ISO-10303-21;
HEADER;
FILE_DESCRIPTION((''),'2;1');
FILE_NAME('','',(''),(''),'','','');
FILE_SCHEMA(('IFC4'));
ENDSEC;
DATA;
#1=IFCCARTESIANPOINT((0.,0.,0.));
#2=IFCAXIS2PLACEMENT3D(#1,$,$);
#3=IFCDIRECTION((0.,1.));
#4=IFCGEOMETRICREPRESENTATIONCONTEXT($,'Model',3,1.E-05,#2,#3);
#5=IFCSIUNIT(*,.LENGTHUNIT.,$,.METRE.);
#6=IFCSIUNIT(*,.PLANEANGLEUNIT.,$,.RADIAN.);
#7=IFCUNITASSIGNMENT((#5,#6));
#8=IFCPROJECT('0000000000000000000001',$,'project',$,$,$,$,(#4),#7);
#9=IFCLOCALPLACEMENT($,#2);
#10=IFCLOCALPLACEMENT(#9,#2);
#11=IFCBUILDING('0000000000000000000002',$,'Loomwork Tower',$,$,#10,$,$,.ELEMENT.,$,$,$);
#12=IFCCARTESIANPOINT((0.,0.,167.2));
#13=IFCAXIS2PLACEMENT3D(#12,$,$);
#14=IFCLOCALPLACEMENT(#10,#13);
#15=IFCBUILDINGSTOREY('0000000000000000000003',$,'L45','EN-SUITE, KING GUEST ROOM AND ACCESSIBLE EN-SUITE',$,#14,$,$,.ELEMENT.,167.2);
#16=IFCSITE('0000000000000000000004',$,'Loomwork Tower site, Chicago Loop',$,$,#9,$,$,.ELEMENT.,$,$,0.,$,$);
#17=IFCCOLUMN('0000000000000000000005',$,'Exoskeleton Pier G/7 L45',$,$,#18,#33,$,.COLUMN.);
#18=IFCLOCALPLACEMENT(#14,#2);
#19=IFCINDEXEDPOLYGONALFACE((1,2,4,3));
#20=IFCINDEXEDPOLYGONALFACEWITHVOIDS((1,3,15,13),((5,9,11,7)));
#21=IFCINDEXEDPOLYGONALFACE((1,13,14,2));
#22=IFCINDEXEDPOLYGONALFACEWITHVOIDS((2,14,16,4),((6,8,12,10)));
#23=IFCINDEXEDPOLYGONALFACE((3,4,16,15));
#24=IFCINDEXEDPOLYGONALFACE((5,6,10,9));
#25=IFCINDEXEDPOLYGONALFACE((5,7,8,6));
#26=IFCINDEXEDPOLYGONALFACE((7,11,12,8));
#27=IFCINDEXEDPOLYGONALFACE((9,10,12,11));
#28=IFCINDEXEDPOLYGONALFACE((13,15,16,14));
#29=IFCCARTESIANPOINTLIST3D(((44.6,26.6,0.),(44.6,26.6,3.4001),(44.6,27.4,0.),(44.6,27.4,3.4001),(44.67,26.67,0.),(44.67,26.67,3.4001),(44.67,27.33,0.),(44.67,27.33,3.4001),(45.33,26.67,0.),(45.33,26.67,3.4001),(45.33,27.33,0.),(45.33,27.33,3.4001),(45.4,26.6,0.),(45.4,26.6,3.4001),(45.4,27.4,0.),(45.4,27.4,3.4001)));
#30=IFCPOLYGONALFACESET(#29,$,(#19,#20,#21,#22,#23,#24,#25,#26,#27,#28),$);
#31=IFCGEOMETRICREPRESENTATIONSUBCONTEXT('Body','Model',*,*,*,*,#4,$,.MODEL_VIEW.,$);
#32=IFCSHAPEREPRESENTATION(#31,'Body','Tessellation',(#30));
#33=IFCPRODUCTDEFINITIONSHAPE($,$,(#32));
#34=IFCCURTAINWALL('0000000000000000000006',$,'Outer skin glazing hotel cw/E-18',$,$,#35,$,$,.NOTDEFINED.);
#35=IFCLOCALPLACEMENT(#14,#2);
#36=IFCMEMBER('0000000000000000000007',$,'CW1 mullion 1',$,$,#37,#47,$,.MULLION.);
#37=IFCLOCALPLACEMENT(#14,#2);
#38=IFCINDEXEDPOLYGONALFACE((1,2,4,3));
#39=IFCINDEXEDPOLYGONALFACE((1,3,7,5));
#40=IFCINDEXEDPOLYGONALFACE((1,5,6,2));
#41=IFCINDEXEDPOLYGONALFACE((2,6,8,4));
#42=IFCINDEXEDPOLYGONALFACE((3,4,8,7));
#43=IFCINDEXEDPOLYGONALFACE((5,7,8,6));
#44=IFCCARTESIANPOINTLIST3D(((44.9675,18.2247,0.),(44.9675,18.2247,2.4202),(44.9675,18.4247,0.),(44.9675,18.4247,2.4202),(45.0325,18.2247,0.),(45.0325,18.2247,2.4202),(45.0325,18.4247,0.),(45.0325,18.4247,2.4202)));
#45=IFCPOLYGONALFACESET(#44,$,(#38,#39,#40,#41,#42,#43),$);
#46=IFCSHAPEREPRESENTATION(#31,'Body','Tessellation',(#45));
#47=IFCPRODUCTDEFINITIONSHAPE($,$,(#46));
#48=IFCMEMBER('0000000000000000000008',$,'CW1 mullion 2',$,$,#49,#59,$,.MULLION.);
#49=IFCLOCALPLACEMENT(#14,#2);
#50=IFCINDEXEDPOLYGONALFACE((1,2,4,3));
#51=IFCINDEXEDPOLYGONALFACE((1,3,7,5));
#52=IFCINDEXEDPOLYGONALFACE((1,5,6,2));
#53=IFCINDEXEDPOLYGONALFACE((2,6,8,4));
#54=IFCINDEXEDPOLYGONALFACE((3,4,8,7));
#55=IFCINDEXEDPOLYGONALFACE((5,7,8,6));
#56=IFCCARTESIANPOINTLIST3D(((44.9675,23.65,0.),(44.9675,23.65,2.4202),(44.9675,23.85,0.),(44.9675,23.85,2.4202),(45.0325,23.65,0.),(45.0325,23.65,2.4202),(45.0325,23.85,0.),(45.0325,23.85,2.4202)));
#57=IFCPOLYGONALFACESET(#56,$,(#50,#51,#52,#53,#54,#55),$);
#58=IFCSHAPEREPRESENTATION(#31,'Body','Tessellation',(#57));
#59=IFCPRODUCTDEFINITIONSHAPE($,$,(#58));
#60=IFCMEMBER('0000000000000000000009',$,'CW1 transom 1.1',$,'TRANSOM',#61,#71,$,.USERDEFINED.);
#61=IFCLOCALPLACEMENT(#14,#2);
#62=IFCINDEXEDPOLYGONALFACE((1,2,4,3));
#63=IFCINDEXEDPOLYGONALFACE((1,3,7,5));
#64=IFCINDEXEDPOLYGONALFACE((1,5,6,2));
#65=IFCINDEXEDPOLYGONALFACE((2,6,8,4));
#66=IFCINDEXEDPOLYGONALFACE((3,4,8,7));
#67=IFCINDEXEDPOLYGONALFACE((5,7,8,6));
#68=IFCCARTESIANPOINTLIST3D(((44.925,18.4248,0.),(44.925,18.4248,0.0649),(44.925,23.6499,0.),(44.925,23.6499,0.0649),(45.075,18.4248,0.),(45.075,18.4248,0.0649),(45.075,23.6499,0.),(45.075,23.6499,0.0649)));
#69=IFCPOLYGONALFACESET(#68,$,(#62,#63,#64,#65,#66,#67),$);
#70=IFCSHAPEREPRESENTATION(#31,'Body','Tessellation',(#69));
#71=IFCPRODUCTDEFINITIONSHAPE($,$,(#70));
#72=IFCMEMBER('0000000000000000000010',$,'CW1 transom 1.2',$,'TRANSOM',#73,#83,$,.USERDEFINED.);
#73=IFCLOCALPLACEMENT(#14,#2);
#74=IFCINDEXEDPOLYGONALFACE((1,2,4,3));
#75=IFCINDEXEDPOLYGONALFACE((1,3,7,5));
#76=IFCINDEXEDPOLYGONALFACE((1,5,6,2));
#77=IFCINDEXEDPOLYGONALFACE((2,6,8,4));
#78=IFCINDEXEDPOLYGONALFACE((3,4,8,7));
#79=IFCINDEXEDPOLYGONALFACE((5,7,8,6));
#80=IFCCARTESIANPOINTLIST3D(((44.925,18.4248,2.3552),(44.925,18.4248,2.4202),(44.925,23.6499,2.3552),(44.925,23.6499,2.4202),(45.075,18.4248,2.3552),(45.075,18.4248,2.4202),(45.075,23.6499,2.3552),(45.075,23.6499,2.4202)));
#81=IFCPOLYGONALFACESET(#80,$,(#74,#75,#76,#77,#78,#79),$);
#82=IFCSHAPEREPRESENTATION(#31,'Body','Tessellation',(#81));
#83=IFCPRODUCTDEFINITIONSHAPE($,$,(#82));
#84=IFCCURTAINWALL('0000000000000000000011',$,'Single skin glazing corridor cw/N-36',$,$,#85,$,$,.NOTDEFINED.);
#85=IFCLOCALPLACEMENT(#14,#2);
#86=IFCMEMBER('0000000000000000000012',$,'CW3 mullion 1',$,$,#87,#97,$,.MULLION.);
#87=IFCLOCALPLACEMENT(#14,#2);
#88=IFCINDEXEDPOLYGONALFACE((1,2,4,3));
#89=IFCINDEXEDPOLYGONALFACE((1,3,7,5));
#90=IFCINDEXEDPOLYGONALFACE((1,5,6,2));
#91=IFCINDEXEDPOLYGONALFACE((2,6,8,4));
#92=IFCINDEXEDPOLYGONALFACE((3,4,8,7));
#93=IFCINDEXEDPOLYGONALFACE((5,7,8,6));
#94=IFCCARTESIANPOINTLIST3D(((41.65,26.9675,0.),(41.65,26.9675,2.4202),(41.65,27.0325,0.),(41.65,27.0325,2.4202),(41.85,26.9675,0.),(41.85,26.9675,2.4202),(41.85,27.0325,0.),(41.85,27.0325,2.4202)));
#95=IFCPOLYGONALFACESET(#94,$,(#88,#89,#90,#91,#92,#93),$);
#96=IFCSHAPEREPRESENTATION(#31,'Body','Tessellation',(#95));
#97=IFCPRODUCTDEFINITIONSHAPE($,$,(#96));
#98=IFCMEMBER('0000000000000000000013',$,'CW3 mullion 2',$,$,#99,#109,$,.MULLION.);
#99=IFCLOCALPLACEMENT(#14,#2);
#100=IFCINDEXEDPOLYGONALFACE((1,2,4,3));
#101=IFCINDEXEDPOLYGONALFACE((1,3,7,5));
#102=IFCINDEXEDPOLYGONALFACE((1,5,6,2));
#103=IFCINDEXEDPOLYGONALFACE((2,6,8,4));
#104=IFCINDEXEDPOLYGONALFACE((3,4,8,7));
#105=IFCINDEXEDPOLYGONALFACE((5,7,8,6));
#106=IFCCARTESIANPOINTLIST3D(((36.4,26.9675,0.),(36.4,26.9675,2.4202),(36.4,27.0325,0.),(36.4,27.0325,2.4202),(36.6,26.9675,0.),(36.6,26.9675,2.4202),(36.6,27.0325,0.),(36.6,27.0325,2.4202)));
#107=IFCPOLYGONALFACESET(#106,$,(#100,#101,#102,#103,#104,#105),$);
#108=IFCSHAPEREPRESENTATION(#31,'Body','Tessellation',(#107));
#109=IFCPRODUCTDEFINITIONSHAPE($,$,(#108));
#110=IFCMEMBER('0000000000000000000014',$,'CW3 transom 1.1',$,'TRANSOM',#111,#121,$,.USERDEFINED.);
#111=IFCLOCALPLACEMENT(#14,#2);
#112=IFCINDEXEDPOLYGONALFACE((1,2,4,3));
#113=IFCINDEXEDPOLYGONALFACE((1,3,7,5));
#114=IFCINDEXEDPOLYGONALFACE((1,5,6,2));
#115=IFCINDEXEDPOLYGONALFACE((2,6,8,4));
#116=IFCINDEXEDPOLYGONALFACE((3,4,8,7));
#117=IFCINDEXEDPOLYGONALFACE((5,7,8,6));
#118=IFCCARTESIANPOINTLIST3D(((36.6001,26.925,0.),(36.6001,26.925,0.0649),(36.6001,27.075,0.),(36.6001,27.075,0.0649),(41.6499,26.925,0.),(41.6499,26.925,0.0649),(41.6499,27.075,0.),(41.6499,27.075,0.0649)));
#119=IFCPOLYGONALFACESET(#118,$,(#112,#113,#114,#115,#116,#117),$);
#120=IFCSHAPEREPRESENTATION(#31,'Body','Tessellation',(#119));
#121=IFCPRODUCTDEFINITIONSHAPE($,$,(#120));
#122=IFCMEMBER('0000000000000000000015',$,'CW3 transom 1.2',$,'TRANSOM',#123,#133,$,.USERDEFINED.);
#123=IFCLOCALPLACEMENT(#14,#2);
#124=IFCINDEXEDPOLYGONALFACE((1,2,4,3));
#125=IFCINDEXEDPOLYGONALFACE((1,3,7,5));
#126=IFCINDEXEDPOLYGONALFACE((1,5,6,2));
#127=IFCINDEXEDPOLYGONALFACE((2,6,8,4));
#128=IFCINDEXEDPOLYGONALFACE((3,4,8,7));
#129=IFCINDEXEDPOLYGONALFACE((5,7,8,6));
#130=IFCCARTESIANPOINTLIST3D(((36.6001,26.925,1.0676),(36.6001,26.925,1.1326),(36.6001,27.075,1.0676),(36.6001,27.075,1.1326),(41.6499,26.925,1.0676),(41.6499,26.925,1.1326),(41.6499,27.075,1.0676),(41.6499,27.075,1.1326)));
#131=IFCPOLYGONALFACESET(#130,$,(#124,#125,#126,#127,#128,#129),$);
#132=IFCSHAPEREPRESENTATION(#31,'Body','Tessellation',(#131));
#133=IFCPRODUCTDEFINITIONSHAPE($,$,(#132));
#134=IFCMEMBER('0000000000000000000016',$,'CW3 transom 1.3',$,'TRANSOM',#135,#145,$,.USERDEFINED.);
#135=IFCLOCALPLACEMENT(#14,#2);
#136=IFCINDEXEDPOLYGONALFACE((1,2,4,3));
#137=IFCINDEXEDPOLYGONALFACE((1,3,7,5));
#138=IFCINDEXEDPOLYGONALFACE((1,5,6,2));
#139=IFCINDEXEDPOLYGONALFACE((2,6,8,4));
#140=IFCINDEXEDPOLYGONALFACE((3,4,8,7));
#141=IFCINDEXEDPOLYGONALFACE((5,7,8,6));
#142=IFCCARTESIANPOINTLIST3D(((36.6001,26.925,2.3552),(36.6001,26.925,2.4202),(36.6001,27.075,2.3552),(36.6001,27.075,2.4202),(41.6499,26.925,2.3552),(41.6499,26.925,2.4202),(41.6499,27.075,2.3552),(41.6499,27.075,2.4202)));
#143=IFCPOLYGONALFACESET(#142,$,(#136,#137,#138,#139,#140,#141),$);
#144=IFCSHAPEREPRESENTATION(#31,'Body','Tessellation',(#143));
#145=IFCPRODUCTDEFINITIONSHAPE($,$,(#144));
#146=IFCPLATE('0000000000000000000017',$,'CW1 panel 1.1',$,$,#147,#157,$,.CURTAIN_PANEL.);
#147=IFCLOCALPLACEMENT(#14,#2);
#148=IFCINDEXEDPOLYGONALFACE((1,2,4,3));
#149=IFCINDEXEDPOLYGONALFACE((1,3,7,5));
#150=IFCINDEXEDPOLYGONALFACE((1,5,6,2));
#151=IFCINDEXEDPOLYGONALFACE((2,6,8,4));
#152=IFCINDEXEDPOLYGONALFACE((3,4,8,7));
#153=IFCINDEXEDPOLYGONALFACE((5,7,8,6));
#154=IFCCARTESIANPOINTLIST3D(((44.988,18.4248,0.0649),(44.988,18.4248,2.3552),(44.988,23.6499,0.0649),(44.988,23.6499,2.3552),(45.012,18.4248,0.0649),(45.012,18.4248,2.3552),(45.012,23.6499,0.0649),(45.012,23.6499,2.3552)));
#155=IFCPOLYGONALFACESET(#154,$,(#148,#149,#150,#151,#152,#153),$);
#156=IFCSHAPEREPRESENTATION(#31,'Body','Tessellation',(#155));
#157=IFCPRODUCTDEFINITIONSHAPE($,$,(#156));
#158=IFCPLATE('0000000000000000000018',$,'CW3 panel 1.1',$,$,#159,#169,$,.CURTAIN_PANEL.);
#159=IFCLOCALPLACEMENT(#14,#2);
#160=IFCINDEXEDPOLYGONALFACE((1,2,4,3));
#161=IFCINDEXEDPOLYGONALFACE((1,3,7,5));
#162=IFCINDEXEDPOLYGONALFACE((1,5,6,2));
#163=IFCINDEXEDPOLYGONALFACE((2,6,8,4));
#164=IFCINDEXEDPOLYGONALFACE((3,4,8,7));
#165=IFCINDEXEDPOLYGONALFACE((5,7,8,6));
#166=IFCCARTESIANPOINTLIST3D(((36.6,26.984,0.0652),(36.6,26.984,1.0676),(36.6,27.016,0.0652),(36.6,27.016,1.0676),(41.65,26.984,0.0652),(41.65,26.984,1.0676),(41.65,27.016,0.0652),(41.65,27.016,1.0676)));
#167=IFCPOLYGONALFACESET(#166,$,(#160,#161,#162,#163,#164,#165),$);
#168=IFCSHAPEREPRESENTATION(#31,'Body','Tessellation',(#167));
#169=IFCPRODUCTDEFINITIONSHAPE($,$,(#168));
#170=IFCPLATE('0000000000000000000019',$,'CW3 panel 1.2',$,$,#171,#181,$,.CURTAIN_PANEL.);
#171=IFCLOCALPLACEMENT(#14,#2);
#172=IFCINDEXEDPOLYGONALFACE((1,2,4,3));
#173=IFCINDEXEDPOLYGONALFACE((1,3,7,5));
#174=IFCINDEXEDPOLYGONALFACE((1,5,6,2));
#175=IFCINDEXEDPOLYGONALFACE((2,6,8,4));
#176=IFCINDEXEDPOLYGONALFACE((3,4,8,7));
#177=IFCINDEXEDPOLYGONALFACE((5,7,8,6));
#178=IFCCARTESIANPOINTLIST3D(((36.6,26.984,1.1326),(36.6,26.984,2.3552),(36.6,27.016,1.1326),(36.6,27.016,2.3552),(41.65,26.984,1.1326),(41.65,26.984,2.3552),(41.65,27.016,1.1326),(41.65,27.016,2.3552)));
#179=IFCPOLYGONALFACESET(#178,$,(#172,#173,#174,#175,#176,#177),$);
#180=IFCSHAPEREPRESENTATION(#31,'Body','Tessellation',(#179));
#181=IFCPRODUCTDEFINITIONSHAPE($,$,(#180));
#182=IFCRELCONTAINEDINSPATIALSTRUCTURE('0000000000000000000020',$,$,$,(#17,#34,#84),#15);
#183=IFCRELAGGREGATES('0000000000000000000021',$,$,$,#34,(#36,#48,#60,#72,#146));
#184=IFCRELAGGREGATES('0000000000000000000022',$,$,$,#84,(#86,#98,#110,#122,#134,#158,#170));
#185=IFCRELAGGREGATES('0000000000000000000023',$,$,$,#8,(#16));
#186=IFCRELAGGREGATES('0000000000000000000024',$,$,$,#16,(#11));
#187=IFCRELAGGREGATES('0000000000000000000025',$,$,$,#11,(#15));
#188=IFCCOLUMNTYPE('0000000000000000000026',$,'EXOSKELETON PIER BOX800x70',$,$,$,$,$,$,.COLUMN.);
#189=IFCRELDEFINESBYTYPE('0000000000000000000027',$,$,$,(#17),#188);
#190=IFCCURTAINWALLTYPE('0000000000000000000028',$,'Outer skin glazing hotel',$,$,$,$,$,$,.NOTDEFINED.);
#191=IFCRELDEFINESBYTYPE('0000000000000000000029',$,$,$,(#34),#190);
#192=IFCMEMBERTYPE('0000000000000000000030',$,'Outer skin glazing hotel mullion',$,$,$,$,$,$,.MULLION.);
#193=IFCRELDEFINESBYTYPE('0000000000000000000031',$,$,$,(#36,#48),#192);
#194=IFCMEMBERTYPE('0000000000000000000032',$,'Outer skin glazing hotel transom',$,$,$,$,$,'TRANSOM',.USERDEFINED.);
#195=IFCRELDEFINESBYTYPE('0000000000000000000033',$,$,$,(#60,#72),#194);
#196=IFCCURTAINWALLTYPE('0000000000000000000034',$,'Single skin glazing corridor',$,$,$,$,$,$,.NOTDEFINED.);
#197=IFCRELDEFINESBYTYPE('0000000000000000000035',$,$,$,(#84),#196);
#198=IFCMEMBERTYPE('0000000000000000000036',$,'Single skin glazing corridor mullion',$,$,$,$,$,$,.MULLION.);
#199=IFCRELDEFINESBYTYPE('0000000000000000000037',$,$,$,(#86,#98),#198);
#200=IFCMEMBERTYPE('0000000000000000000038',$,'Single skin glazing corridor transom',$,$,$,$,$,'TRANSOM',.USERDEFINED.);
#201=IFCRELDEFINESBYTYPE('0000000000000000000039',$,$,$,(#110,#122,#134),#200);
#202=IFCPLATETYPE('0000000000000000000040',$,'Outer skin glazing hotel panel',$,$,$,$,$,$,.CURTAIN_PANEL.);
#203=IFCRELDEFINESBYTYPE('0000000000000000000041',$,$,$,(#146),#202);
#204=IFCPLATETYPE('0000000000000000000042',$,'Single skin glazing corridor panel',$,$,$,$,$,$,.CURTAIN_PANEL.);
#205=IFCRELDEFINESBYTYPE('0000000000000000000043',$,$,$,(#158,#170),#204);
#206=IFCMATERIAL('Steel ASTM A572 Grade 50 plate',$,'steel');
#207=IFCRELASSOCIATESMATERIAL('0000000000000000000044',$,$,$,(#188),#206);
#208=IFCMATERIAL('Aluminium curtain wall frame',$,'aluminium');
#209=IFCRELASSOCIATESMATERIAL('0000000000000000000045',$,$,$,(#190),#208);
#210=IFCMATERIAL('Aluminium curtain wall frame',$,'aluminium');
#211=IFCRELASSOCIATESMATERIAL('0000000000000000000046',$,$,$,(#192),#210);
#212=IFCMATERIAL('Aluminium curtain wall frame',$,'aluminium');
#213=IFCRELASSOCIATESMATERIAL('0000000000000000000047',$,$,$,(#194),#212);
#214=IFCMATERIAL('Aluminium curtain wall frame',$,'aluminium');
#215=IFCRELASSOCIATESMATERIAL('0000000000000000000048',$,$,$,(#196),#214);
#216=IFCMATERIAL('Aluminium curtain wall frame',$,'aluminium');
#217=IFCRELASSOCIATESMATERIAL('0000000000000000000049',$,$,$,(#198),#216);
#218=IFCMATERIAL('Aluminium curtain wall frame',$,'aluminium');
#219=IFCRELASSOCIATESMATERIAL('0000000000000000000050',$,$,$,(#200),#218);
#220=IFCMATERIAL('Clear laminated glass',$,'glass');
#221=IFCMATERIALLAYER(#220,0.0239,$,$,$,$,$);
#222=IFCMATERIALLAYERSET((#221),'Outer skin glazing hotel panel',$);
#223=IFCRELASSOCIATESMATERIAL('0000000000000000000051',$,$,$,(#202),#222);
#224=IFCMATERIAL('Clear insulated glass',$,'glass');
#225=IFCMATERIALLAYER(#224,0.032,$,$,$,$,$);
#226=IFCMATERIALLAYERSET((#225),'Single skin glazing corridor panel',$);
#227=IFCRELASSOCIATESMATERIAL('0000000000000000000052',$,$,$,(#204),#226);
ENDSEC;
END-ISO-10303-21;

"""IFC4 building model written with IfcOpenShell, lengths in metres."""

from ifc_helpers import new_model, si_unit, direction, frame, origin, origin_2d, place, context, subcontext, project, spatial, rectangle, hollow_rectangle, extrude, material, layer, layer_set, material_profile, profile_set, type_object, element, aggregate, save


model = new_model("IFC4")

# Units and contexts
model_context = context("Model", 3, precision=1e-05, world=origin(), true_north=direction((0.0, 1.0)))
body_context = subcontext(model_context, "Body", "Model", "MODEL_VIEW")
ifc_project = project(units=[si_unit("LENGTHUNIT", "METRE"), si_unit("PLANEANGLEUNIT", "RADIAN")], contexts=[model_context])

# Site, building, storey
site_placement = place(None, origin())
site = spatial("IfcSite", under=ifc_project, at=site_placement, Name="Loomwork Tower site, Chicago Loop", CompositionType="ELEMENT", RefElevation=0.0)
building_placement = place(site_placement, origin())
building = spatial("IfcBuilding", under=site, at=building_placement, Name="Loomwork Tower", CompositionType="ELEMENT")
storey_placement = place(building_placement, frame((0.0, 0.0, 167.2)))
storey = spatial("IfcBuildingStorey", under=building, at=storey_placement, Name="L45", Description="EN-SUITE, KING GUEST ROOM AND ACCESSIBLE EN-SUITE", CompositionType="ELEMENT", Elevation=167.2)

# Column
ifc_material_1 = material(Name="Steel ASTM A572 Grade 50 plate", Category="steel")
ifc_material_profile_1 = material_profile(ifc_material_1, hollow_rectangle(XDim=0.8, YDim=0.8, WallThickness=0.0701, at=origin_2d()), Name="BOX800x70")
ifc_profile_set_1 = profile_set([ifc_material_profile_1], Name="Steel ASTM A572 Grade 50 plate")
column_type = type_object("IfcColumnType", Name="EXOSKELETON PIER BOX800x70", PredefinedType="COLUMN", material=ifc_profile_set_1)
column_placement = place(storey_placement, frame((45.0, 27.0, 0.0), z_axis=(0.0, 0.0, 1.0), x_axis=(0.0, 1.0, 0.0)))
element("IfcColumn", 1, at=column_placement, inside=storey, type_object=column_type, Name="Exoskeleton Pier G/7 L45", PredefinedType="COLUMN", context=body_context, shape_type="SweptSolid", body=[
    extrude(hollow_rectangle(XDim=0.8, YDim=0.8, WallThickness=0.0701, at=origin_2d()), origin(), (0.0, 0.0, 1.0), 3.4001),
])

# Curtain walls, members
ifc_material_2 = material(Name="Aluminium curtain wall frame", Category="aluminium")
curtain_wall_type_1 = type_object("IfcCurtainWallType", Name="Outer skin glazing hotel", PredefinedType="NOTDEFINED", material=ifc_material_2)
curtain_wall_1_placement = place(storey_placement, origin())
curtain_wall_1 = element("IfcCurtainWall", 2, at=curtain_wall_1_placement, inside=storey, type_object=curtain_wall_type_1, Name="Outer skin glazing hotel cw/E-18", PredefinedType="NOTDEFINED")
ifc_material_3 = material(Name="Aluminium curtain wall frame", Category="aluminium")
ifc_material_profile_2 = material_profile(ifc_material_3, rectangle(XDim=0.0649, YDim=0.2, at=origin_2d()), Name="AL 65x200")
ifc_profile_set_2 = profile_set([ifc_material_profile_2], Name="Aluminium curtain wall frame")
member_type_1 = type_object("IfcMemberType", Name="Outer skin glazing hotel mullion", PredefinedType="MULLION", material=ifc_profile_set_2)
member_1_placement = place(storey_placement, frame((45.0, 18.3247, 0.0), z_axis=(0.0, 0.0, 1.0), x_axis=(-1.0, 0.0, 0.0)))
member_1 = element("IfcMember", 3, at=member_1_placement, type_object=member_type_1, Name="CW1 mullion 1", PredefinedType="MULLION", context=body_context, shape_type="SweptSolid", body=[
    extrude(rectangle(XDim=0.0649, YDim=0.2, at=origin_2d()), origin(), (0.0, 0.0, 1.0), 2.4202),
])
member_2_placement = place(storey_placement, frame((45.0, 23.75, 0.0), z_axis=(0.0, 0.0, 1.0), x_axis=(-1.0, 0.0, 0.0)))
member_2 = element("IfcMember", 4, at=member_2_placement, type_object=member_type_1, Name="CW1 mullion 2", PredefinedType="MULLION", context=body_context, shape_type="SweptSolid", body=[
    extrude(rectangle(XDim=0.0649, YDim=0.2, at=origin_2d()), origin(), (0.0, 0.0, 1.0), 2.4202),
])
ifc_material_4 = material(Name="Aluminium curtain wall frame", Category="aluminium")
ifc_material_profile_3 = material_profile(ifc_material_4, rectangle(XDim=0.1499, YDim=0.0649, at=origin_2d()), Name="AL 65x150")
ifc_profile_set_3 = profile_set([ifc_material_profile_3], Name="Aluminium curtain wall frame")
member_type_2 = type_object("IfcMemberType", Name="Outer skin glazing hotel transom", ElementType="TRANSOM", PredefinedType="USERDEFINED", material=ifc_profile_set_3)
member_3_placement = place(storey_placement, frame((45.0, 18.4248, 0.0325), z_axis=(0.0, 1.0, 0.0), x_axis=(-1.0, 0.0, 0.0)))
member_3 = element("IfcMember", 5, at=member_3_placement, type_object=member_type_2, Name="CW1 transom 1.1", ObjectType="TRANSOM", PredefinedType="USERDEFINED", context=body_context, shape_type="SweptSolid", body=[
    extrude(rectangle(XDim=0.1499, YDim=0.0649, at=origin_2d()), origin(), (0.0, 0.0, 1.0), 5.2251),
])
member_4_placement = place(storey_placement, frame((45.0, 18.4248, 2.3877), z_axis=(0.0, 1.0, 0.0), x_axis=(-1.0, 0.0, 0.0)))
member_4 = element("IfcMember", 6, at=member_4_placement, type_object=member_type_2, Name="CW1 transom 1.2", ObjectType="TRANSOM", PredefinedType="USERDEFINED", context=body_context, shape_type="SweptSolid", body=[
    extrude(rectangle(XDim=0.1499, YDim=0.0649, at=origin_2d()), origin(), (0.0, 0.0, 1.0), 5.2251),
])
ifc_material_5 = material(Name="Aluminium curtain wall frame", Category="aluminium")
curtain_wall_type_2 = type_object("IfcCurtainWallType", Name="Single skin glazing corridor", PredefinedType="NOTDEFINED", material=ifc_material_5)
curtain_wall_2_placement = place(storey_placement, origin())
curtain_wall_2 = element("IfcCurtainWall", 7, at=curtain_wall_2_placement, inside=storey, type_object=curtain_wall_type_2, Name="Single skin glazing corridor cw/N-36", PredefinedType="NOTDEFINED")
ifc_material_6 = material(Name="Aluminium curtain wall frame", Category="aluminium")
ifc_material_profile_4 = material_profile(ifc_material_6, rectangle(XDim=0.0649, YDim=0.2, at=origin_2d()), Name="AL 65x200")
ifc_profile_set_4 = profile_set([ifc_material_profile_4], Name="Aluminium curtain wall frame")
member_type_3 = type_object("IfcMemberType", Name="Single skin glazing corridor mullion", PredefinedType="MULLION", material=ifc_profile_set_4)
member_5_placement = place(storey_placement, frame((41.75, 27.0, 0.0), z_axis=(0.0, 0.0, 1.0), x_axis=(0.0, -1.0, 0.0)))
member_5 = element("IfcMember", 8, at=member_5_placement, type_object=member_type_3, Name="CW3 mullion 1", PredefinedType="MULLION", context=body_context, shape_type="SweptSolid", body=[
    extrude(rectangle(XDim=0.0649, YDim=0.2, at=origin_2d()), origin(), (0.0, 0.0, 1.0), 2.4202),
])
member_6_placement = place(storey_placement, frame((36.5, 27.0, 0.0), z_axis=(0.0, 0.0, 1.0), x_axis=(0.0, -1.0, 0.0)))
member_6 = element("IfcMember", 9, at=member_6_placement, type_object=member_type_3, Name="CW3 mullion 2", PredefinedType="MULLION", context=body_context, shape_type="SweptSolid", body=[
    extrude(rectangle(XDim=0.0649, YDim=0.2, at=origin_2d()), origin(), (0.0, 0.0, 1.0), 2.4202),
])
ifc_material_7 = material(Name="Aluminium curtain wall frame", Category="aluminium")
ifc_material_profile_5 = material_profile(ifc_material_7, rectangle(XDim=0.1499, YDim=0.0649, at=origin_2d()), Name="AL 65x150")
ifc_profile_set_5 = profile_set([ifc_material_profile_5], Name="Aluminium curtain wall frame")
member_type_4 = type_object("IfcMemberType", Name="Single skin glazing corridor transom", ElementType="TRANSOM", PredefinedType="USERDEFINED", material=ifc_profile_set_5)
member_7_placement = place(storey_placement, frame((41.6499, 27.0, 0.0325), z_axis=(-1.0, 0.0, 0.0), x_axis=(0.0, -1.0, 0.0)))
member_7 = element("IfcMember", 10, at=member_7_placement, type_object=member_type_4, Name="CW3 transom 1.1", ObjectType="TRANSOM", PredefinedType="USERDEFINED", context=body_context, shape_type="SweptSolid", body=[
    extrude(rectangle(XDim=0.1499, YDim=0.0649, at=origin_2d()), origin(), (0.0, 0.0, 1.0), 5.0498),
])
member_8_placement = place(storey_placement, frame((41.6499, 27.0, 1.1001), z_axis=(-1.0, 0.0, 0.0), x_axis=(0.0, -1.0, 0.0)))
member_8 = element("IfcMember", 11, at=member_8_placement, type_object=member_type_4, Name="CW3 transom 1.2", ObjectType="TRANSOM", PredefinedType="USERDEFINED", context=body_context, shape_type="SweptSolid", body=[
    extrude(rectangle(XDim=0.1499, YDim=0.0649, at=origin_2d()), origin(), (0.0, 0.0, 1.0), 5.0498),
])
member_9_placement = place(storey_placement, frame((41.6499, 27.0, 2.3877), z_axis=(-1.0, 0.0, 0.0), x_axis=(0.0, -1.0, 0.0)))
member_9 = element("IfcMember", 12, at=member_9_placement, type_object=member_type_4, Name="CW3 transom 1.3", ObjectType="TRANSOM", PredefinedType="USERDEFINED", context=body_context, shape_type="SweptSolid", body=[
    extrude(rectangle(XDim=0.1499, YDim=0.0649, at=origin_2d()), origin(), (0.0, 0.0, 1.0), 5.0498),
])

# Plates
ifc_material_8 = material(Name="Clear laminated glass", Category="glass")
ifc_layer_1 = layer(ifc_material_8, 0.0239)
ifc_layer_set_1 = layer_set([ifc_layer_1], Name="Outer skin glazing hotel panel")
plate_type_1 = type_object("IfcPlateType", Name="Outer skin glazing hotel panel", PredefinedType="CURTAIN_PANEL", material=ifc_layer_set_1)
plate_1_placement = place(storey_placement, frame((45.0, 21.0374, 0.0649), z_axis=(0.0, 0.0, 1.0), x_axis=(0.0, 1.0, 0.0)))
plate_1 = element("IfcPlate", 13, at=plate_1_placement, type_object=plate_type_1, Name="CW1 panel 1.1", PredefinedType="CURTAIN_PANEL", context=body_context, shape_type="SweptSolid", body=[
    extrude(rectangle(XDim=5.2251, YDim=0.0239, at=origin_2d()), origin(), (0.0, 0.0, 1.0), 2.2903),
])
aggregate(curtain_wall_1, [member_1, member_2, member_3, member_4, plate_1])
ifc_material_9 = material(Name="Clear insulated glass", Category="glass")
ifc_layer_2 = layer(ifc_material_9, 0.032)
ifc_layer_set_2 = layer_set([ifc_layer_2], Name="Single skin glazing corridor panel")
plate_type_2 = type_object("IfcPlateType", Name="Single skin glazing corridor panel", PredefinedType="CURTAIN_PANEL", material=ifc_layer_set_2)
plate_2_placement = place(storey_placement, frame((39.125, 27.0, 0.0652), z_axis=(0.0, 0.0, 1.0), x_axis=(-1.0, 0.0, 0.0)))
plate_2 = element("IfcPlate", 14, at=plate_2_placement, type_object=plate_type_2, Name="CW3 panel 1.1", PredefinedType="CURTAIN_PANEL", context=body_context, shape_type="SweptSolid", body=[
    extrude(rectangle(XDim=5.05, YDim=0.032, at=origin_2d()), origin(), (0.0, 0.0, 1.0), 1.0024),
])
plate_3_placement = place(storey_placement, frame((39.125, 27.0, 1.1326), z_axis=(0.0, 0.0, 1.0), x_axis=(-1.0, 0.0, 0.0)))
plate_3 = element("IfcPlate", 15, at=plate_3_placement, type_object=plate_type_2, Name="CW3 panel 1.2", PredefinedType="CURTAIN_PANEL", context=body_context, shape_type="SweptSolid", body=[
    extrude(rectangle(XDim=5.05, YDim=0.032, at=origin_2d()), origin(), (0.0, 0.0, 1.0), 1.2227),
])
aggregate(curtain_wall_2, [member_5, member_6, member_7, member_8, member_9, plate_2, plate_3])

save(model, "model.ifc")
